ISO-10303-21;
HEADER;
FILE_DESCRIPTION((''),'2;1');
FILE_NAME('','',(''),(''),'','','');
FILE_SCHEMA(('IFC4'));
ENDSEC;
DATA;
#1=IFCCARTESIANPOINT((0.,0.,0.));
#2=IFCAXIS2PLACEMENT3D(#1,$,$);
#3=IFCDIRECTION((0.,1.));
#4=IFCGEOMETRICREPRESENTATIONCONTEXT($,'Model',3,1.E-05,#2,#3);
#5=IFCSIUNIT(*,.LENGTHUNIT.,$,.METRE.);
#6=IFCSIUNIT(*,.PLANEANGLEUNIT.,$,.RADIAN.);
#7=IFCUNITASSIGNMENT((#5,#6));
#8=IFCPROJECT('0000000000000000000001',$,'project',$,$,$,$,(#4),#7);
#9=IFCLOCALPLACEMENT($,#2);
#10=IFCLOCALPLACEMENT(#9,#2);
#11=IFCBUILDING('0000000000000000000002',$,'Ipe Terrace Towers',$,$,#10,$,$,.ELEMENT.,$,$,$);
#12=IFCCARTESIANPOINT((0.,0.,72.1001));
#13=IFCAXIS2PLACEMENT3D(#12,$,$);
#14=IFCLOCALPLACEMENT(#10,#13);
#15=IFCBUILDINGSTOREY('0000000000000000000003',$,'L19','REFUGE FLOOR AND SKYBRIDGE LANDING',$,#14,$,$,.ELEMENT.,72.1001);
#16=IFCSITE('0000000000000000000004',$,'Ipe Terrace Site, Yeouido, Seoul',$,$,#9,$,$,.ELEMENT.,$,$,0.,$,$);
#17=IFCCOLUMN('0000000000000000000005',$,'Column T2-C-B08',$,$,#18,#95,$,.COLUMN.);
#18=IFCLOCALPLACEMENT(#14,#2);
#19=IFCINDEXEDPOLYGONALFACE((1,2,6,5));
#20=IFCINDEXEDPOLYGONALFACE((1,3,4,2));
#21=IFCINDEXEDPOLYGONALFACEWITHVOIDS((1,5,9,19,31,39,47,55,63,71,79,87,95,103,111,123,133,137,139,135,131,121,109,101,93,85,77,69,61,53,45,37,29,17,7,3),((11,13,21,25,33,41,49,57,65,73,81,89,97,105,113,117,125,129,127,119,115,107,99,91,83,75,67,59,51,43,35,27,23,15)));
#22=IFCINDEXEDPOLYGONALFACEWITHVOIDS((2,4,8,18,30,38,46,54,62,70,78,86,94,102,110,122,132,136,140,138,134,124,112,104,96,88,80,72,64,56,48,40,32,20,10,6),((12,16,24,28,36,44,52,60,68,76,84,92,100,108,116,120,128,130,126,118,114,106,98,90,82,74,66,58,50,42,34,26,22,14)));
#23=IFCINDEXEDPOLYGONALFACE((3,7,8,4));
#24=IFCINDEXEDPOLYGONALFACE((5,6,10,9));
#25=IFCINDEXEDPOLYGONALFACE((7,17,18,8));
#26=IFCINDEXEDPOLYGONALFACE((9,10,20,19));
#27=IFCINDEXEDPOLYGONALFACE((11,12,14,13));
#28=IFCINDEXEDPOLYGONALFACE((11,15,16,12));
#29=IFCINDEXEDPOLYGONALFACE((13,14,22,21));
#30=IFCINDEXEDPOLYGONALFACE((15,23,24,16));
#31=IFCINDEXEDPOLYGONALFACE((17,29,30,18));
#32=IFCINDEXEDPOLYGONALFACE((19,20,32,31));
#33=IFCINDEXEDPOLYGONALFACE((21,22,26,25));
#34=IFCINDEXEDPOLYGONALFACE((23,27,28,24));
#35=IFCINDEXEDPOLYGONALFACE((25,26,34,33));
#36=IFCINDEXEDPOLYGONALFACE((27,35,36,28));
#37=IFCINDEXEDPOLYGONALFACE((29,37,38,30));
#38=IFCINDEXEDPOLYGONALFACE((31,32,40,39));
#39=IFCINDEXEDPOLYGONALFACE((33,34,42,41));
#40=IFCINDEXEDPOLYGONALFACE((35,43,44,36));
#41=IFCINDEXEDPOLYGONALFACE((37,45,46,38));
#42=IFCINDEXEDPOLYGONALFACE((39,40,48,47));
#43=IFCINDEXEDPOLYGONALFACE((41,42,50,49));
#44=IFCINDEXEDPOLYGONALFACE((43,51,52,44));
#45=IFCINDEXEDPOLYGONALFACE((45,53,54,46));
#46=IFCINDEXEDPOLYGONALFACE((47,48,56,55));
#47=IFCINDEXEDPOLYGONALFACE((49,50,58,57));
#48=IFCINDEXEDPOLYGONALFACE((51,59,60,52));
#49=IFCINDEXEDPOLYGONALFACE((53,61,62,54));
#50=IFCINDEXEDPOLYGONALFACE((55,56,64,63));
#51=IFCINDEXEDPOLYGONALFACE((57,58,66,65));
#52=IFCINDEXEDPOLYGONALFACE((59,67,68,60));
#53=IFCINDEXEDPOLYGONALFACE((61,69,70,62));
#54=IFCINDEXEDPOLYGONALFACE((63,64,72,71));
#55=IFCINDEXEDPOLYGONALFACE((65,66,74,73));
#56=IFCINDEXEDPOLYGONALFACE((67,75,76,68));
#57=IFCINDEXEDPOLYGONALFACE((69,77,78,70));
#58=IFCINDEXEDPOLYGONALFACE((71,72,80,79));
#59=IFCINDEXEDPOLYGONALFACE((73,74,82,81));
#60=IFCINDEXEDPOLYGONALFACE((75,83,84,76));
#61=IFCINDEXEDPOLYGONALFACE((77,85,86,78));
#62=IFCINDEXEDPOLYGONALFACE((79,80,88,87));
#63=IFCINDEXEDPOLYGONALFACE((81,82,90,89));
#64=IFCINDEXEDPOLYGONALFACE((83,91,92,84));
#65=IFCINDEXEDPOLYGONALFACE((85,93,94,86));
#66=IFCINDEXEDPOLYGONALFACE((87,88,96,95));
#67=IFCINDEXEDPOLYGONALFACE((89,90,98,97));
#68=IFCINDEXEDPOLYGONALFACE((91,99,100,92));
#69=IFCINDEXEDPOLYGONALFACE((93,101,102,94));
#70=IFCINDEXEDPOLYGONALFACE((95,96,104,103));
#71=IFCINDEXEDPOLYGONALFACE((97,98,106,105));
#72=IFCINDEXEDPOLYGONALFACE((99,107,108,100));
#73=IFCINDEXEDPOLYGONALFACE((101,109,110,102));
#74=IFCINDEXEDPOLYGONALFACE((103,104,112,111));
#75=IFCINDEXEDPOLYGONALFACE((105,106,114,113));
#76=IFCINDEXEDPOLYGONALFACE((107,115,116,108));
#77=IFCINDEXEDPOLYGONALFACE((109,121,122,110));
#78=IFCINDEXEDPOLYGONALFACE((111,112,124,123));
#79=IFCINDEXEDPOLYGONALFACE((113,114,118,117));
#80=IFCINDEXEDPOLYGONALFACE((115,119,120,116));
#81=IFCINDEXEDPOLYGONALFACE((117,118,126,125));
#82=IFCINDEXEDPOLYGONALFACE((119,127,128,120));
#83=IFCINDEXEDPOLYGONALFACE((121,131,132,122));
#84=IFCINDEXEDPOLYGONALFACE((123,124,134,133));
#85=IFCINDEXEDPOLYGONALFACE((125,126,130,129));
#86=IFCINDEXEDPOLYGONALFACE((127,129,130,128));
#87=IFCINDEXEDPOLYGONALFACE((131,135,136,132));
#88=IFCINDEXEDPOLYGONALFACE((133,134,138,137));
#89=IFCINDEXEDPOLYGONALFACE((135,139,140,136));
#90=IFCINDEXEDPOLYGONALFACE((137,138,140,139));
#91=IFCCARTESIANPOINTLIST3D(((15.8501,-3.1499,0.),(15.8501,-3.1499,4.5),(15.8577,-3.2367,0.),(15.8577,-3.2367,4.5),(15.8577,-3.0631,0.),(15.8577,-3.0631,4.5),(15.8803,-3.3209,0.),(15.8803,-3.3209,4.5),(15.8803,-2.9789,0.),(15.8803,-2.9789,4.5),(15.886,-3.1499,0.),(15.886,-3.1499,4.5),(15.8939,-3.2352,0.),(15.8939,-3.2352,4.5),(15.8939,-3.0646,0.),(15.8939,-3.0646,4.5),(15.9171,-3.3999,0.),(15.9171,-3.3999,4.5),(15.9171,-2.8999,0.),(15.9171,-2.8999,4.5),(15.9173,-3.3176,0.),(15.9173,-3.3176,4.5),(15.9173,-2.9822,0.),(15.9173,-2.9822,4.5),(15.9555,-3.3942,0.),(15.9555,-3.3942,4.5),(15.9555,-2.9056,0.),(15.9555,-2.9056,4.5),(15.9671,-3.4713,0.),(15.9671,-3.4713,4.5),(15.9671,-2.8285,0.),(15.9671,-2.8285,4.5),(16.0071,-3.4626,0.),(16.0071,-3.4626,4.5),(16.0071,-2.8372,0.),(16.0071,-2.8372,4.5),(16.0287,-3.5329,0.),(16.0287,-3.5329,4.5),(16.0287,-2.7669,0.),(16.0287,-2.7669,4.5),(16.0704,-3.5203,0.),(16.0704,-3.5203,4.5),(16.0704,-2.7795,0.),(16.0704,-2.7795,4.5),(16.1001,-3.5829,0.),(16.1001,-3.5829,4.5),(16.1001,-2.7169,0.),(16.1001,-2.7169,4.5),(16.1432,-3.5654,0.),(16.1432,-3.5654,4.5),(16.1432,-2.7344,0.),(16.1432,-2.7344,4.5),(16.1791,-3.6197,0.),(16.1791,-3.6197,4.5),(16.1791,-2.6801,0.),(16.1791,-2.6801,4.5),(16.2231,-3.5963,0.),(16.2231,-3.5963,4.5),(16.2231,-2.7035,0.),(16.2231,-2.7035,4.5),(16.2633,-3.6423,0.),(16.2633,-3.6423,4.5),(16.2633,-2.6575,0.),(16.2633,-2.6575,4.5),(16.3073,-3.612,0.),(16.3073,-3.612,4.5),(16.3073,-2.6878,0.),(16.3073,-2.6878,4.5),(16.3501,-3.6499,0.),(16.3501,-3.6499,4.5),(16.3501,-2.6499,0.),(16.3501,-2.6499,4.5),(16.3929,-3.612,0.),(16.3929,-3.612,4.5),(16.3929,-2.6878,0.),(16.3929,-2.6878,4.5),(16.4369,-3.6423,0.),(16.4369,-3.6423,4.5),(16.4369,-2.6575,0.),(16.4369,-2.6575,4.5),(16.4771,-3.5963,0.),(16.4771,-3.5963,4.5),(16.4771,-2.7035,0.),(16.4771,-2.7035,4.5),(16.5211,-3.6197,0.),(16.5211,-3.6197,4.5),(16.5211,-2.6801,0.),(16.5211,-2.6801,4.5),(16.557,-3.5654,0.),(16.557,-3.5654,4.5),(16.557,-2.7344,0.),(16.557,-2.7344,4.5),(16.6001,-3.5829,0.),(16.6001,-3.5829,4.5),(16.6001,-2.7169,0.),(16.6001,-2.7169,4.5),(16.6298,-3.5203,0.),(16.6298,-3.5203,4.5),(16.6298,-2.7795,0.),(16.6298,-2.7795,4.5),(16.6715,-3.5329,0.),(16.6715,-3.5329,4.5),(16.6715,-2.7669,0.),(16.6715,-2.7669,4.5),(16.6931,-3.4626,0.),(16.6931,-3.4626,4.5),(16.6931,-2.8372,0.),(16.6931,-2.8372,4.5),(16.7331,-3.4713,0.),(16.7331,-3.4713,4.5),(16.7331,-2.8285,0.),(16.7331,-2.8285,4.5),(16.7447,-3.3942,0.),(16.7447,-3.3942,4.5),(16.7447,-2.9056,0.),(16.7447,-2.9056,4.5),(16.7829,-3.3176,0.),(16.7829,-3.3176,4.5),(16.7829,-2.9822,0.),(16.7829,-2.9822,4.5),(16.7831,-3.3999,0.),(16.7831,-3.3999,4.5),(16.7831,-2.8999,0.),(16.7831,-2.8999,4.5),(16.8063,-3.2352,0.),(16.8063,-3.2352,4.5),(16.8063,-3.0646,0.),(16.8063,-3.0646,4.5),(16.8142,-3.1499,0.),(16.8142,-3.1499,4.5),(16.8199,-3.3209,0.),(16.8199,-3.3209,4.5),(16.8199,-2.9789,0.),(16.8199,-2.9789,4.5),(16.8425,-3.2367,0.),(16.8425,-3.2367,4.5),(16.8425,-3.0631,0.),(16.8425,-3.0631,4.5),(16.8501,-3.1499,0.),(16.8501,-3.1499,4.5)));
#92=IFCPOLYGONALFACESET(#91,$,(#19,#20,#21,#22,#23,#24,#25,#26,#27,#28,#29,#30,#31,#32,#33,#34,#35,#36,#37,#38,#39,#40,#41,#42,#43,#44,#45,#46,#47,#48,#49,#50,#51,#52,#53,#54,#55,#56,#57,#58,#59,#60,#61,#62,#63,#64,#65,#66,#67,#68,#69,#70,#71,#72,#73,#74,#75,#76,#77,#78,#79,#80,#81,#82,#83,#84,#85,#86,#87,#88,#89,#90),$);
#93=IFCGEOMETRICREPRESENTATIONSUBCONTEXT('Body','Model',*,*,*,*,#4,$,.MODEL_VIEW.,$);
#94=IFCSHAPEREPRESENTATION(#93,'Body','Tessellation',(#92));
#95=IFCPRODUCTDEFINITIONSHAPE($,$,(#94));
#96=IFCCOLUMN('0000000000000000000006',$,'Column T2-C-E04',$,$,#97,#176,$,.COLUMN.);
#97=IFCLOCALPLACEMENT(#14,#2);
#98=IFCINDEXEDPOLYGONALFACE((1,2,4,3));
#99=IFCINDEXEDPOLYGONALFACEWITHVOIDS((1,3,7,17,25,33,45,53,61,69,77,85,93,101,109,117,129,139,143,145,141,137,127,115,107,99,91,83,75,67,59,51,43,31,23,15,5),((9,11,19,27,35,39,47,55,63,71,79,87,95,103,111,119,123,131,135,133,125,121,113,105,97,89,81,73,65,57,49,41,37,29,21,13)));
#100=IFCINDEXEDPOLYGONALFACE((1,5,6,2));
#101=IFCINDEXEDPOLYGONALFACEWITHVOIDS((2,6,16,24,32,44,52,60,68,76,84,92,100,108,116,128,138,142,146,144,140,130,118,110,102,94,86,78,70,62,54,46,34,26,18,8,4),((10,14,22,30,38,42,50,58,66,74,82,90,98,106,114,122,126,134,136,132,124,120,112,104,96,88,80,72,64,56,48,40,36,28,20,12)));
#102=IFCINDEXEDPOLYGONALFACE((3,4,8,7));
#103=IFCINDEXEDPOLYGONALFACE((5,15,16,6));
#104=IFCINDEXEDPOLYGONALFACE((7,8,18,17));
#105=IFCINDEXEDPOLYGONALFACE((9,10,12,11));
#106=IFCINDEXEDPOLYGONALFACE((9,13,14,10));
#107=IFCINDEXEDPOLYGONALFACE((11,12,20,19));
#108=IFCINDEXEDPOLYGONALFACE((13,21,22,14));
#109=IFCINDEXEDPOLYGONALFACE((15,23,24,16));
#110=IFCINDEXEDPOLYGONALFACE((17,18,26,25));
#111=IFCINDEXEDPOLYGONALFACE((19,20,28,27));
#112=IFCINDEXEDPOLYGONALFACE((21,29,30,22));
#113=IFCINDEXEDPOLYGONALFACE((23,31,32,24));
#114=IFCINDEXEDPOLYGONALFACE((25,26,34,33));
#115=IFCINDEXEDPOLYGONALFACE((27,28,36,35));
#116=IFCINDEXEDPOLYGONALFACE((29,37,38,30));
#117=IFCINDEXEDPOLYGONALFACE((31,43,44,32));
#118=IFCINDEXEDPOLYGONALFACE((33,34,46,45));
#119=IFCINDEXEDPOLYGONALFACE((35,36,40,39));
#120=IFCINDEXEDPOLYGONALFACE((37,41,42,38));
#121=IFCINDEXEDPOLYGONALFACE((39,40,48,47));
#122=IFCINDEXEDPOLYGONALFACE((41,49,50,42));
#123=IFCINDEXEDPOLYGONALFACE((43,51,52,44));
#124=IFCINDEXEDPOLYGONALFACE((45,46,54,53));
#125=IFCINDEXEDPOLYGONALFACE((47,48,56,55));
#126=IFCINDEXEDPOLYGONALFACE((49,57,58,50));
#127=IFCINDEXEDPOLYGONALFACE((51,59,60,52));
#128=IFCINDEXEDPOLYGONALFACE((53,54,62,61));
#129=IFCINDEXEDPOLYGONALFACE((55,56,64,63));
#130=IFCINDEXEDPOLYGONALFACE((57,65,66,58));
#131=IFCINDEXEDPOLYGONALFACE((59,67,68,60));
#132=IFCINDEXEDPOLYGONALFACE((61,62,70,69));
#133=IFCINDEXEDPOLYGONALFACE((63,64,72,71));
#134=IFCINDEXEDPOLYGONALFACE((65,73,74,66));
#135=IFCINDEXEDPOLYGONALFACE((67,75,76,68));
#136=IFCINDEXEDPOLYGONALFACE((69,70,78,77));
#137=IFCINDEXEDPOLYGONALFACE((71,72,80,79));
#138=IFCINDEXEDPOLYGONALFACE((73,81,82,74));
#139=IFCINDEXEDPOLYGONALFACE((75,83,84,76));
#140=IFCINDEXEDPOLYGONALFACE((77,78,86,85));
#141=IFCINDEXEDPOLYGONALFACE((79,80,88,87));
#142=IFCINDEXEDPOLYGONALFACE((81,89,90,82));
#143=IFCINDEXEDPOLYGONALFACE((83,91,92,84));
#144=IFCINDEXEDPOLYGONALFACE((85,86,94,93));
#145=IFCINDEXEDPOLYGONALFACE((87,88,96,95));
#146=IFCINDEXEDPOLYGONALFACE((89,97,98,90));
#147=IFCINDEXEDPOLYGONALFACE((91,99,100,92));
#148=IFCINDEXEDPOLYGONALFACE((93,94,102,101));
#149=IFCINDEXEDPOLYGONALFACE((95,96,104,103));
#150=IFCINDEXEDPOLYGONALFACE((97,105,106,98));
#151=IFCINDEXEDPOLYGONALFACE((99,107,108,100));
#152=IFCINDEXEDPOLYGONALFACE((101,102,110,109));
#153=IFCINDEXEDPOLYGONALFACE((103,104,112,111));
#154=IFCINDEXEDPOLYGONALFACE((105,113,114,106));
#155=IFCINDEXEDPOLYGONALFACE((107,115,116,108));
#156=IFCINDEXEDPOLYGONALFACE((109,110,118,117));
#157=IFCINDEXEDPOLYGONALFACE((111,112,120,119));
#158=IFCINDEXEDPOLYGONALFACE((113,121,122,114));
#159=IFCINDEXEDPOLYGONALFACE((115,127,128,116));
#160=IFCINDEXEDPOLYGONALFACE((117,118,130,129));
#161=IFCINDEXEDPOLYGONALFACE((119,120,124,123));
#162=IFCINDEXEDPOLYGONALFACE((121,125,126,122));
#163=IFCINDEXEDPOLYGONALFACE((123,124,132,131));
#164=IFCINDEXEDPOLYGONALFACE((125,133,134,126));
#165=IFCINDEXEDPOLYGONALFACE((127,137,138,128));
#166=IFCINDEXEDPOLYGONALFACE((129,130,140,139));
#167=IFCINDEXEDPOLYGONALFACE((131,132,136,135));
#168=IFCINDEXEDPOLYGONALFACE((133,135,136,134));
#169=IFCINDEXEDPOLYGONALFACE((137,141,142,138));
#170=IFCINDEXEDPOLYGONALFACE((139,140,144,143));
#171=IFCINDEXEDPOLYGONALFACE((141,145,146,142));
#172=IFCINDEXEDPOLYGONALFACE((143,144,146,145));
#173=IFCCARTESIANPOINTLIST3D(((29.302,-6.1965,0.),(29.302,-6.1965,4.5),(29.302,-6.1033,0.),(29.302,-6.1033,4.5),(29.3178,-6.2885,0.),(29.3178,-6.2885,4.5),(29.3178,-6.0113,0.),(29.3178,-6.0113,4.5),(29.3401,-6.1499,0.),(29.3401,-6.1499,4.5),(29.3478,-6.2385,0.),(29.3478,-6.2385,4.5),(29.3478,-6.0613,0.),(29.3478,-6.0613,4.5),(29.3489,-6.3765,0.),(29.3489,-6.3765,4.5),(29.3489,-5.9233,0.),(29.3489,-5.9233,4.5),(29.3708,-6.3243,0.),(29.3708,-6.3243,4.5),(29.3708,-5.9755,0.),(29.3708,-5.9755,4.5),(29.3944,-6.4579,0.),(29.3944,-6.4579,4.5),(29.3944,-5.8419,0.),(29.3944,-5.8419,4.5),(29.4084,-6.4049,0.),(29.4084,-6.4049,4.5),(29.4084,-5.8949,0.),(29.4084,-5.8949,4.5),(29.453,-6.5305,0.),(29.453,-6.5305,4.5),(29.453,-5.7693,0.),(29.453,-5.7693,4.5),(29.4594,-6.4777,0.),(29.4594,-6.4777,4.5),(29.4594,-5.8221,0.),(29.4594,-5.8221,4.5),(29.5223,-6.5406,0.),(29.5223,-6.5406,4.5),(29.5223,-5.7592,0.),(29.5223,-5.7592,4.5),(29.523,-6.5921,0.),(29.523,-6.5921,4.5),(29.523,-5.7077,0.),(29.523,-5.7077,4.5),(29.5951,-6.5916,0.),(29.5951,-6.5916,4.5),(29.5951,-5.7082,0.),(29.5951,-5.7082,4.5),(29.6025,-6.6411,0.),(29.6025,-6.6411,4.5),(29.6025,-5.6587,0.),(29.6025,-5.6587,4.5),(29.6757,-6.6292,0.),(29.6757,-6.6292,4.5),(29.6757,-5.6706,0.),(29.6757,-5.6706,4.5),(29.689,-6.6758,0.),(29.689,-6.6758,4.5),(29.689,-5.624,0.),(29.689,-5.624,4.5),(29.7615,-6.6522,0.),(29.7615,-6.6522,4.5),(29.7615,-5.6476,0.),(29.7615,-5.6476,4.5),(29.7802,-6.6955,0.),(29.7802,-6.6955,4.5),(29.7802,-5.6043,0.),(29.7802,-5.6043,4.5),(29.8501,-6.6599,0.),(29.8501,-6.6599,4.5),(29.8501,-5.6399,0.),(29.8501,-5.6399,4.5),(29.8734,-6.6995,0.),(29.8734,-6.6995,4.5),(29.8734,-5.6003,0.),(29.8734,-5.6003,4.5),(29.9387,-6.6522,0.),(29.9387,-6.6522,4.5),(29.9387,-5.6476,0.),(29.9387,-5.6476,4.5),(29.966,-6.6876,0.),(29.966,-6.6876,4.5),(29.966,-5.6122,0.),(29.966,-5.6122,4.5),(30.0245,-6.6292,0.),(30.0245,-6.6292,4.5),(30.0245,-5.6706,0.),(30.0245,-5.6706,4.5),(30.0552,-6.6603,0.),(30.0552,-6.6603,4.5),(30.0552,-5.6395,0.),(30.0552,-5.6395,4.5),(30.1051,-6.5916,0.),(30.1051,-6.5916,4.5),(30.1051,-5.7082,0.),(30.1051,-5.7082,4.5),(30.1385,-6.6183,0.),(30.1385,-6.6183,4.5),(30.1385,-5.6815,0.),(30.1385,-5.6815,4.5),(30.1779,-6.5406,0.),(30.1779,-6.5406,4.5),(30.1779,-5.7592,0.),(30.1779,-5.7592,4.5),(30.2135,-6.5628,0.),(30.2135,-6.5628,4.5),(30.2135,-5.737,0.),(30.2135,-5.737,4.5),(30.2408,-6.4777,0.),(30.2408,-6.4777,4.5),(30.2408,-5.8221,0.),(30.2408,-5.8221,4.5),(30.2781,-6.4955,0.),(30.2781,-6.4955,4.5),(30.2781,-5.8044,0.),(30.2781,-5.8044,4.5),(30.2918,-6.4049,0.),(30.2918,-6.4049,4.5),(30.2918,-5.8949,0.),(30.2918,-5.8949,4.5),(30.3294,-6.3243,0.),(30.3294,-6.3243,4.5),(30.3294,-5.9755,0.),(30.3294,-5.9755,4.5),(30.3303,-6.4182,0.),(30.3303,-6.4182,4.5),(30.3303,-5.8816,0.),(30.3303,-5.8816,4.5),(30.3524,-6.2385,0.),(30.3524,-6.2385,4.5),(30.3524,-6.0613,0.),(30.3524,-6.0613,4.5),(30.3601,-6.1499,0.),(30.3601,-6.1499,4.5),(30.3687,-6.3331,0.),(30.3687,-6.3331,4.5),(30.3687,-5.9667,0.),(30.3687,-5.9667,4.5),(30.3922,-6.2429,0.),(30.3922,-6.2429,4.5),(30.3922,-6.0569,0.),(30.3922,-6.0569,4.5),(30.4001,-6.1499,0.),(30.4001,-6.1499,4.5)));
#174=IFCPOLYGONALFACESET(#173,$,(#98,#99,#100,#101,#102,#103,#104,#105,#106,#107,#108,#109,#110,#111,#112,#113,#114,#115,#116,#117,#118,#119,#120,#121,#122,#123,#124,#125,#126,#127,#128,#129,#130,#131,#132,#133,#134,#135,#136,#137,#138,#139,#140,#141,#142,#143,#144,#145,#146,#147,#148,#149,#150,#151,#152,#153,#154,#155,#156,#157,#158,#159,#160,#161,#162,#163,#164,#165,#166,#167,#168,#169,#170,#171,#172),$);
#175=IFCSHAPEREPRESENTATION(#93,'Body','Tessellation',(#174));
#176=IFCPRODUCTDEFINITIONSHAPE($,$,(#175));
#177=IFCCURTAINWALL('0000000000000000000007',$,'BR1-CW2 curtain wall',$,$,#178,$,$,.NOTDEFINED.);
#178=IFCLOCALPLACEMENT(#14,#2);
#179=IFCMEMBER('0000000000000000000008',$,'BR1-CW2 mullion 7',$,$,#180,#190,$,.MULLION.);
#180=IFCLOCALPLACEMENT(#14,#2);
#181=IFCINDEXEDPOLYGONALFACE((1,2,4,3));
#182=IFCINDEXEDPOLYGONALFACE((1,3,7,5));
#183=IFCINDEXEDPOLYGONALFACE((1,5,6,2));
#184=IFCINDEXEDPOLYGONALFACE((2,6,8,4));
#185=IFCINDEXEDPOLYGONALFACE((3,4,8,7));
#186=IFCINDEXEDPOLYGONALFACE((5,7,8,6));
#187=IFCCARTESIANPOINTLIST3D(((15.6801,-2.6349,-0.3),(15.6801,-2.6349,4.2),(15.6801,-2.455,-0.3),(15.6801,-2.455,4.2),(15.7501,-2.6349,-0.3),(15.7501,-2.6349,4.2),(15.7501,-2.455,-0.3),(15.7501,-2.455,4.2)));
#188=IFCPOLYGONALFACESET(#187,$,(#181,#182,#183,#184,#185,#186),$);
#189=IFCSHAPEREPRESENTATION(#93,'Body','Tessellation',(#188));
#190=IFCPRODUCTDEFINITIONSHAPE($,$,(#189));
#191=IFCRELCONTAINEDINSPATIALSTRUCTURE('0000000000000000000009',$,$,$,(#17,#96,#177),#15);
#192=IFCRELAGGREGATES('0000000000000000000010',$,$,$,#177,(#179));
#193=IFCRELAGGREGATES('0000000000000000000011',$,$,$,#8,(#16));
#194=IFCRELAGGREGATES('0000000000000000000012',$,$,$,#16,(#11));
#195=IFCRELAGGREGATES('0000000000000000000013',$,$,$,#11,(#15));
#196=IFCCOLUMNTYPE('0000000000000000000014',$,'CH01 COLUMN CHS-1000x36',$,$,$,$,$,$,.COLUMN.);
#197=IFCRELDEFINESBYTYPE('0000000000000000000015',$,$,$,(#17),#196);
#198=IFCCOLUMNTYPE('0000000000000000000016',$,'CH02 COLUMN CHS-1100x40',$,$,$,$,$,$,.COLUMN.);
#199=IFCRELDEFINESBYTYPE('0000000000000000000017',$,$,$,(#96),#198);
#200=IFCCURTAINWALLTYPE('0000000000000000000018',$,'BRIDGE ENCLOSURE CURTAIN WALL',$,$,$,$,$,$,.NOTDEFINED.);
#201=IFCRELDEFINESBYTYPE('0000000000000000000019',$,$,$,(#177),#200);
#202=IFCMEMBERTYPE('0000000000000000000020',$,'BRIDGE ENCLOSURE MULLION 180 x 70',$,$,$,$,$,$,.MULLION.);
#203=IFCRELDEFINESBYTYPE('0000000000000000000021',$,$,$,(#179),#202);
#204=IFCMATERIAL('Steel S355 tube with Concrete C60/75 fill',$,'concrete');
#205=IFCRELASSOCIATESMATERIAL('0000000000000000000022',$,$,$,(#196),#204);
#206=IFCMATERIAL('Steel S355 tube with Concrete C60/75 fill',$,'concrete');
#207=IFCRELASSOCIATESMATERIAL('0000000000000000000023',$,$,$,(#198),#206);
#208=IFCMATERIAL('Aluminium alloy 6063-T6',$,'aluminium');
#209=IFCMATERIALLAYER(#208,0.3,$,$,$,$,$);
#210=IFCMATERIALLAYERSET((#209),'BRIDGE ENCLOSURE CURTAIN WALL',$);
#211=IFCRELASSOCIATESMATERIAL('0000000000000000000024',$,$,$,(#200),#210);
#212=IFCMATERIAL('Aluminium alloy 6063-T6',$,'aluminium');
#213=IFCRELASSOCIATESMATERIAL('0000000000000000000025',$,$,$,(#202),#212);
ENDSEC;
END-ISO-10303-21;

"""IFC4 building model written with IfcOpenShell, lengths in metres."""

from ifc_helpers import new_model, si_unit, direction, frame, origin, origin_2d, place, context, subcontext, project, spatial, rectangle, hollow_circle, extrude, material, layer, layer_set, material_profile, profile_set, type_object, element, aggregate, save


model = new_model("IFC4")

# Units and contexts
model_context = context("Model", 3, precision=1e-05, world=origin(), true_north=direction((0.0, 1.0)))
body_context = subcontext(model_context, "Body", "Model", "MODEL_VIEW")
ifc_project = project(units=[si_unit("LENGTHUNIT", "METRE"), si_unit("PLANEANGLEUNIT", "RADIAN")], contexts=[model_context])

# Site, building, storey
site_placement = place(None, origin())
site = spatial("IfcSite", under=ifc_project, at=site_placement, Name="Ipe Terrace Site, Yeouido, Seoul", CompositionType="ELEMENT", RefElevation=0.0)
building_placement = place(site_placement, origin())
building = spatial("IfcBuilding", under=site, at=building_placement, Name="Ipe Terrace Towers", CompositionType="ELEMENT")
storey_placement = place(building_placement, frame((0.0, 0.0, 72.1001)))
storey = spatial("IfcBuildingStorey", under=building, at=storey_placement, Name="L19", Description="REFUGE FLOOR AND SKYBRIDGE LANDING", CompositionType="ELEMENT", Elevation=72.1001)

# Columns
ifc_material_1 = material(Name="Steel S355 tube with Concrete C60/75 fill", Category="concrete")
ifc_material_profile_1 = material_profile(ifc_material_1, hollow_circle(Radius=0.5, WallThickness=0.0359, at=origin_2d()), Name="CHS-1000x36")
ifc_profile_set_1 = profile_set([ifc_material_profile_1], Name="Steel S355 tube with Concrete C60/75 fill")
column_type_1 = type_object("IfcColumnType", Name="CH01 COLUMN CHS-1000x36", PredefinedType="COLUMN", material=ifc_profile_set_1)
for number, where, z_axis, x_axis, name in (
    (1, (16.3501, -3.1499, 0.0), (0.0, 0.0, 1.0), (1.0, 0.0, 0.0), "Column T2-C-B08"),
):
    element("IfcColumn", number, at=place(storey_placement, frame(where, z_axis=z_axis, x_axis=x_axis)), inside=storey, type_object=column_type_1, Name=name, PredefinedType="COLUMN", context=body_context, shape_type="SweptSolid", body=[
        extrude(hollow_circle(Radius=0.5, WallThickness=0.0359, at=origin_2d()), origin(), (0.0, 0.0, 1.0), 4.5),
    ])
ifc_material_2 = material(Name="Steel S355 tube with Concrete C60/75 fill", Category="concrete")
ifc_material_profile_2 = material_profile(ifc_material_2, hollow_circle(Radius=0.55, WallThickness=0.04, at=origin_2d()), Name="CHS-1100x40")
ifc_profile_set_2 = profile_set([ifc_material_profile_2], Name="Steel S355 tube with Concrete C60/75 fill")
column_type_2 = type_object("IfcColumnType", Name="CH02 COLUMN CHS-1100x40", PredefinedType="COLUMN", material=ifc_profile_set_2)
column_placement = place(storey_placement, frame((29.8501, -6.1499, 0.0), z_axis=(0.0, 0.0, 1.0), x_axis=(1.0, 0.0, 0.0)))
element("IfcColumn", 2, at=column_placement, inside=storey, type_object=column_type_2, Name="Column T2-C-E04", PredefinedType="COLUMN", context=body_context, shape_type="SweptSolid", body=[
    extrude(hollow_circle(Radius=0.55, WallThickness=0.04, at=origin_2d()), origin(), (0.0, 0.0, 1.0), 4.5),
])

# Curtain wall, member
ifc_material_3 = material(Name="Aluminium alloy 6063-T6", Category="aluminium")
ifc_layer_1 = layer(ifc_material_3, 0.3)
ifc_layer_set_1 = layer_set([ifc_layer_1], Name="BRIDGE ENCLOSURE CURTAIN WALL")
curtain_wall_type_1 = type_object("IfcCurtainWallType", Name="BRIDGE ENCLOSURE CURTAIN WALL", PredefinedType="NOTDEFINED", material=ifc_layer_set_1)
curtain_wall_1_placement = place(storey_placement, origin())
curtain_wall_1 = element("IfcCurtainWall", 3, at=curtain_wall_1_placement, inside=storey, type_object=curtain_wall_type_1, Name="BR1-CW2 curtain wall", PredefinedType="NOTDEFINED")
ifc_material_4 = material(Name="Aluminium alloy 6063-T6", Category="aluminium")
ifc_material_profile_3 = material_profile(ifc_material_4, rectangle(XDim=0.1799, YDim=0.0701, at=origin_2d()), Name="BRIDGE ENCLOSURE MULLION 180 x 70")
ifc_profile_set_3 = profile_set([ifc_material_profile_3], Name="Aluminium alloy 6063-T6")
member_type_1 = type_object("IfcMemberType", Name="BRIDGE ENCLOSURE MULLION 180 x 70", PredefinedType="MULLION", material=ifc_profile_set_3)
member_1_placement = place(storey_placement, frame((15.7151, -2.5449, -0.3), z_axis=(0.0, 0.0, 1.0), x_axis=(0.0, -1.0, 0.0)))
member_1 = element("IfcMember", 4, at=member_1_placement, type_object=member_type_1, Name="BR1-CW2 mullion 7", PredefinedType="MULLION", context=body_context, shape_type="SweptSolid", body=[
    extrude(rectangle(XDim=0.1799, YDim=0.0701, at=origin_2d()), origin(), (0.0, 0.0, 1.0), 4.5),
])
aggregate(curtain_wall_1, [member_1])

save(model, "model.ifc")
